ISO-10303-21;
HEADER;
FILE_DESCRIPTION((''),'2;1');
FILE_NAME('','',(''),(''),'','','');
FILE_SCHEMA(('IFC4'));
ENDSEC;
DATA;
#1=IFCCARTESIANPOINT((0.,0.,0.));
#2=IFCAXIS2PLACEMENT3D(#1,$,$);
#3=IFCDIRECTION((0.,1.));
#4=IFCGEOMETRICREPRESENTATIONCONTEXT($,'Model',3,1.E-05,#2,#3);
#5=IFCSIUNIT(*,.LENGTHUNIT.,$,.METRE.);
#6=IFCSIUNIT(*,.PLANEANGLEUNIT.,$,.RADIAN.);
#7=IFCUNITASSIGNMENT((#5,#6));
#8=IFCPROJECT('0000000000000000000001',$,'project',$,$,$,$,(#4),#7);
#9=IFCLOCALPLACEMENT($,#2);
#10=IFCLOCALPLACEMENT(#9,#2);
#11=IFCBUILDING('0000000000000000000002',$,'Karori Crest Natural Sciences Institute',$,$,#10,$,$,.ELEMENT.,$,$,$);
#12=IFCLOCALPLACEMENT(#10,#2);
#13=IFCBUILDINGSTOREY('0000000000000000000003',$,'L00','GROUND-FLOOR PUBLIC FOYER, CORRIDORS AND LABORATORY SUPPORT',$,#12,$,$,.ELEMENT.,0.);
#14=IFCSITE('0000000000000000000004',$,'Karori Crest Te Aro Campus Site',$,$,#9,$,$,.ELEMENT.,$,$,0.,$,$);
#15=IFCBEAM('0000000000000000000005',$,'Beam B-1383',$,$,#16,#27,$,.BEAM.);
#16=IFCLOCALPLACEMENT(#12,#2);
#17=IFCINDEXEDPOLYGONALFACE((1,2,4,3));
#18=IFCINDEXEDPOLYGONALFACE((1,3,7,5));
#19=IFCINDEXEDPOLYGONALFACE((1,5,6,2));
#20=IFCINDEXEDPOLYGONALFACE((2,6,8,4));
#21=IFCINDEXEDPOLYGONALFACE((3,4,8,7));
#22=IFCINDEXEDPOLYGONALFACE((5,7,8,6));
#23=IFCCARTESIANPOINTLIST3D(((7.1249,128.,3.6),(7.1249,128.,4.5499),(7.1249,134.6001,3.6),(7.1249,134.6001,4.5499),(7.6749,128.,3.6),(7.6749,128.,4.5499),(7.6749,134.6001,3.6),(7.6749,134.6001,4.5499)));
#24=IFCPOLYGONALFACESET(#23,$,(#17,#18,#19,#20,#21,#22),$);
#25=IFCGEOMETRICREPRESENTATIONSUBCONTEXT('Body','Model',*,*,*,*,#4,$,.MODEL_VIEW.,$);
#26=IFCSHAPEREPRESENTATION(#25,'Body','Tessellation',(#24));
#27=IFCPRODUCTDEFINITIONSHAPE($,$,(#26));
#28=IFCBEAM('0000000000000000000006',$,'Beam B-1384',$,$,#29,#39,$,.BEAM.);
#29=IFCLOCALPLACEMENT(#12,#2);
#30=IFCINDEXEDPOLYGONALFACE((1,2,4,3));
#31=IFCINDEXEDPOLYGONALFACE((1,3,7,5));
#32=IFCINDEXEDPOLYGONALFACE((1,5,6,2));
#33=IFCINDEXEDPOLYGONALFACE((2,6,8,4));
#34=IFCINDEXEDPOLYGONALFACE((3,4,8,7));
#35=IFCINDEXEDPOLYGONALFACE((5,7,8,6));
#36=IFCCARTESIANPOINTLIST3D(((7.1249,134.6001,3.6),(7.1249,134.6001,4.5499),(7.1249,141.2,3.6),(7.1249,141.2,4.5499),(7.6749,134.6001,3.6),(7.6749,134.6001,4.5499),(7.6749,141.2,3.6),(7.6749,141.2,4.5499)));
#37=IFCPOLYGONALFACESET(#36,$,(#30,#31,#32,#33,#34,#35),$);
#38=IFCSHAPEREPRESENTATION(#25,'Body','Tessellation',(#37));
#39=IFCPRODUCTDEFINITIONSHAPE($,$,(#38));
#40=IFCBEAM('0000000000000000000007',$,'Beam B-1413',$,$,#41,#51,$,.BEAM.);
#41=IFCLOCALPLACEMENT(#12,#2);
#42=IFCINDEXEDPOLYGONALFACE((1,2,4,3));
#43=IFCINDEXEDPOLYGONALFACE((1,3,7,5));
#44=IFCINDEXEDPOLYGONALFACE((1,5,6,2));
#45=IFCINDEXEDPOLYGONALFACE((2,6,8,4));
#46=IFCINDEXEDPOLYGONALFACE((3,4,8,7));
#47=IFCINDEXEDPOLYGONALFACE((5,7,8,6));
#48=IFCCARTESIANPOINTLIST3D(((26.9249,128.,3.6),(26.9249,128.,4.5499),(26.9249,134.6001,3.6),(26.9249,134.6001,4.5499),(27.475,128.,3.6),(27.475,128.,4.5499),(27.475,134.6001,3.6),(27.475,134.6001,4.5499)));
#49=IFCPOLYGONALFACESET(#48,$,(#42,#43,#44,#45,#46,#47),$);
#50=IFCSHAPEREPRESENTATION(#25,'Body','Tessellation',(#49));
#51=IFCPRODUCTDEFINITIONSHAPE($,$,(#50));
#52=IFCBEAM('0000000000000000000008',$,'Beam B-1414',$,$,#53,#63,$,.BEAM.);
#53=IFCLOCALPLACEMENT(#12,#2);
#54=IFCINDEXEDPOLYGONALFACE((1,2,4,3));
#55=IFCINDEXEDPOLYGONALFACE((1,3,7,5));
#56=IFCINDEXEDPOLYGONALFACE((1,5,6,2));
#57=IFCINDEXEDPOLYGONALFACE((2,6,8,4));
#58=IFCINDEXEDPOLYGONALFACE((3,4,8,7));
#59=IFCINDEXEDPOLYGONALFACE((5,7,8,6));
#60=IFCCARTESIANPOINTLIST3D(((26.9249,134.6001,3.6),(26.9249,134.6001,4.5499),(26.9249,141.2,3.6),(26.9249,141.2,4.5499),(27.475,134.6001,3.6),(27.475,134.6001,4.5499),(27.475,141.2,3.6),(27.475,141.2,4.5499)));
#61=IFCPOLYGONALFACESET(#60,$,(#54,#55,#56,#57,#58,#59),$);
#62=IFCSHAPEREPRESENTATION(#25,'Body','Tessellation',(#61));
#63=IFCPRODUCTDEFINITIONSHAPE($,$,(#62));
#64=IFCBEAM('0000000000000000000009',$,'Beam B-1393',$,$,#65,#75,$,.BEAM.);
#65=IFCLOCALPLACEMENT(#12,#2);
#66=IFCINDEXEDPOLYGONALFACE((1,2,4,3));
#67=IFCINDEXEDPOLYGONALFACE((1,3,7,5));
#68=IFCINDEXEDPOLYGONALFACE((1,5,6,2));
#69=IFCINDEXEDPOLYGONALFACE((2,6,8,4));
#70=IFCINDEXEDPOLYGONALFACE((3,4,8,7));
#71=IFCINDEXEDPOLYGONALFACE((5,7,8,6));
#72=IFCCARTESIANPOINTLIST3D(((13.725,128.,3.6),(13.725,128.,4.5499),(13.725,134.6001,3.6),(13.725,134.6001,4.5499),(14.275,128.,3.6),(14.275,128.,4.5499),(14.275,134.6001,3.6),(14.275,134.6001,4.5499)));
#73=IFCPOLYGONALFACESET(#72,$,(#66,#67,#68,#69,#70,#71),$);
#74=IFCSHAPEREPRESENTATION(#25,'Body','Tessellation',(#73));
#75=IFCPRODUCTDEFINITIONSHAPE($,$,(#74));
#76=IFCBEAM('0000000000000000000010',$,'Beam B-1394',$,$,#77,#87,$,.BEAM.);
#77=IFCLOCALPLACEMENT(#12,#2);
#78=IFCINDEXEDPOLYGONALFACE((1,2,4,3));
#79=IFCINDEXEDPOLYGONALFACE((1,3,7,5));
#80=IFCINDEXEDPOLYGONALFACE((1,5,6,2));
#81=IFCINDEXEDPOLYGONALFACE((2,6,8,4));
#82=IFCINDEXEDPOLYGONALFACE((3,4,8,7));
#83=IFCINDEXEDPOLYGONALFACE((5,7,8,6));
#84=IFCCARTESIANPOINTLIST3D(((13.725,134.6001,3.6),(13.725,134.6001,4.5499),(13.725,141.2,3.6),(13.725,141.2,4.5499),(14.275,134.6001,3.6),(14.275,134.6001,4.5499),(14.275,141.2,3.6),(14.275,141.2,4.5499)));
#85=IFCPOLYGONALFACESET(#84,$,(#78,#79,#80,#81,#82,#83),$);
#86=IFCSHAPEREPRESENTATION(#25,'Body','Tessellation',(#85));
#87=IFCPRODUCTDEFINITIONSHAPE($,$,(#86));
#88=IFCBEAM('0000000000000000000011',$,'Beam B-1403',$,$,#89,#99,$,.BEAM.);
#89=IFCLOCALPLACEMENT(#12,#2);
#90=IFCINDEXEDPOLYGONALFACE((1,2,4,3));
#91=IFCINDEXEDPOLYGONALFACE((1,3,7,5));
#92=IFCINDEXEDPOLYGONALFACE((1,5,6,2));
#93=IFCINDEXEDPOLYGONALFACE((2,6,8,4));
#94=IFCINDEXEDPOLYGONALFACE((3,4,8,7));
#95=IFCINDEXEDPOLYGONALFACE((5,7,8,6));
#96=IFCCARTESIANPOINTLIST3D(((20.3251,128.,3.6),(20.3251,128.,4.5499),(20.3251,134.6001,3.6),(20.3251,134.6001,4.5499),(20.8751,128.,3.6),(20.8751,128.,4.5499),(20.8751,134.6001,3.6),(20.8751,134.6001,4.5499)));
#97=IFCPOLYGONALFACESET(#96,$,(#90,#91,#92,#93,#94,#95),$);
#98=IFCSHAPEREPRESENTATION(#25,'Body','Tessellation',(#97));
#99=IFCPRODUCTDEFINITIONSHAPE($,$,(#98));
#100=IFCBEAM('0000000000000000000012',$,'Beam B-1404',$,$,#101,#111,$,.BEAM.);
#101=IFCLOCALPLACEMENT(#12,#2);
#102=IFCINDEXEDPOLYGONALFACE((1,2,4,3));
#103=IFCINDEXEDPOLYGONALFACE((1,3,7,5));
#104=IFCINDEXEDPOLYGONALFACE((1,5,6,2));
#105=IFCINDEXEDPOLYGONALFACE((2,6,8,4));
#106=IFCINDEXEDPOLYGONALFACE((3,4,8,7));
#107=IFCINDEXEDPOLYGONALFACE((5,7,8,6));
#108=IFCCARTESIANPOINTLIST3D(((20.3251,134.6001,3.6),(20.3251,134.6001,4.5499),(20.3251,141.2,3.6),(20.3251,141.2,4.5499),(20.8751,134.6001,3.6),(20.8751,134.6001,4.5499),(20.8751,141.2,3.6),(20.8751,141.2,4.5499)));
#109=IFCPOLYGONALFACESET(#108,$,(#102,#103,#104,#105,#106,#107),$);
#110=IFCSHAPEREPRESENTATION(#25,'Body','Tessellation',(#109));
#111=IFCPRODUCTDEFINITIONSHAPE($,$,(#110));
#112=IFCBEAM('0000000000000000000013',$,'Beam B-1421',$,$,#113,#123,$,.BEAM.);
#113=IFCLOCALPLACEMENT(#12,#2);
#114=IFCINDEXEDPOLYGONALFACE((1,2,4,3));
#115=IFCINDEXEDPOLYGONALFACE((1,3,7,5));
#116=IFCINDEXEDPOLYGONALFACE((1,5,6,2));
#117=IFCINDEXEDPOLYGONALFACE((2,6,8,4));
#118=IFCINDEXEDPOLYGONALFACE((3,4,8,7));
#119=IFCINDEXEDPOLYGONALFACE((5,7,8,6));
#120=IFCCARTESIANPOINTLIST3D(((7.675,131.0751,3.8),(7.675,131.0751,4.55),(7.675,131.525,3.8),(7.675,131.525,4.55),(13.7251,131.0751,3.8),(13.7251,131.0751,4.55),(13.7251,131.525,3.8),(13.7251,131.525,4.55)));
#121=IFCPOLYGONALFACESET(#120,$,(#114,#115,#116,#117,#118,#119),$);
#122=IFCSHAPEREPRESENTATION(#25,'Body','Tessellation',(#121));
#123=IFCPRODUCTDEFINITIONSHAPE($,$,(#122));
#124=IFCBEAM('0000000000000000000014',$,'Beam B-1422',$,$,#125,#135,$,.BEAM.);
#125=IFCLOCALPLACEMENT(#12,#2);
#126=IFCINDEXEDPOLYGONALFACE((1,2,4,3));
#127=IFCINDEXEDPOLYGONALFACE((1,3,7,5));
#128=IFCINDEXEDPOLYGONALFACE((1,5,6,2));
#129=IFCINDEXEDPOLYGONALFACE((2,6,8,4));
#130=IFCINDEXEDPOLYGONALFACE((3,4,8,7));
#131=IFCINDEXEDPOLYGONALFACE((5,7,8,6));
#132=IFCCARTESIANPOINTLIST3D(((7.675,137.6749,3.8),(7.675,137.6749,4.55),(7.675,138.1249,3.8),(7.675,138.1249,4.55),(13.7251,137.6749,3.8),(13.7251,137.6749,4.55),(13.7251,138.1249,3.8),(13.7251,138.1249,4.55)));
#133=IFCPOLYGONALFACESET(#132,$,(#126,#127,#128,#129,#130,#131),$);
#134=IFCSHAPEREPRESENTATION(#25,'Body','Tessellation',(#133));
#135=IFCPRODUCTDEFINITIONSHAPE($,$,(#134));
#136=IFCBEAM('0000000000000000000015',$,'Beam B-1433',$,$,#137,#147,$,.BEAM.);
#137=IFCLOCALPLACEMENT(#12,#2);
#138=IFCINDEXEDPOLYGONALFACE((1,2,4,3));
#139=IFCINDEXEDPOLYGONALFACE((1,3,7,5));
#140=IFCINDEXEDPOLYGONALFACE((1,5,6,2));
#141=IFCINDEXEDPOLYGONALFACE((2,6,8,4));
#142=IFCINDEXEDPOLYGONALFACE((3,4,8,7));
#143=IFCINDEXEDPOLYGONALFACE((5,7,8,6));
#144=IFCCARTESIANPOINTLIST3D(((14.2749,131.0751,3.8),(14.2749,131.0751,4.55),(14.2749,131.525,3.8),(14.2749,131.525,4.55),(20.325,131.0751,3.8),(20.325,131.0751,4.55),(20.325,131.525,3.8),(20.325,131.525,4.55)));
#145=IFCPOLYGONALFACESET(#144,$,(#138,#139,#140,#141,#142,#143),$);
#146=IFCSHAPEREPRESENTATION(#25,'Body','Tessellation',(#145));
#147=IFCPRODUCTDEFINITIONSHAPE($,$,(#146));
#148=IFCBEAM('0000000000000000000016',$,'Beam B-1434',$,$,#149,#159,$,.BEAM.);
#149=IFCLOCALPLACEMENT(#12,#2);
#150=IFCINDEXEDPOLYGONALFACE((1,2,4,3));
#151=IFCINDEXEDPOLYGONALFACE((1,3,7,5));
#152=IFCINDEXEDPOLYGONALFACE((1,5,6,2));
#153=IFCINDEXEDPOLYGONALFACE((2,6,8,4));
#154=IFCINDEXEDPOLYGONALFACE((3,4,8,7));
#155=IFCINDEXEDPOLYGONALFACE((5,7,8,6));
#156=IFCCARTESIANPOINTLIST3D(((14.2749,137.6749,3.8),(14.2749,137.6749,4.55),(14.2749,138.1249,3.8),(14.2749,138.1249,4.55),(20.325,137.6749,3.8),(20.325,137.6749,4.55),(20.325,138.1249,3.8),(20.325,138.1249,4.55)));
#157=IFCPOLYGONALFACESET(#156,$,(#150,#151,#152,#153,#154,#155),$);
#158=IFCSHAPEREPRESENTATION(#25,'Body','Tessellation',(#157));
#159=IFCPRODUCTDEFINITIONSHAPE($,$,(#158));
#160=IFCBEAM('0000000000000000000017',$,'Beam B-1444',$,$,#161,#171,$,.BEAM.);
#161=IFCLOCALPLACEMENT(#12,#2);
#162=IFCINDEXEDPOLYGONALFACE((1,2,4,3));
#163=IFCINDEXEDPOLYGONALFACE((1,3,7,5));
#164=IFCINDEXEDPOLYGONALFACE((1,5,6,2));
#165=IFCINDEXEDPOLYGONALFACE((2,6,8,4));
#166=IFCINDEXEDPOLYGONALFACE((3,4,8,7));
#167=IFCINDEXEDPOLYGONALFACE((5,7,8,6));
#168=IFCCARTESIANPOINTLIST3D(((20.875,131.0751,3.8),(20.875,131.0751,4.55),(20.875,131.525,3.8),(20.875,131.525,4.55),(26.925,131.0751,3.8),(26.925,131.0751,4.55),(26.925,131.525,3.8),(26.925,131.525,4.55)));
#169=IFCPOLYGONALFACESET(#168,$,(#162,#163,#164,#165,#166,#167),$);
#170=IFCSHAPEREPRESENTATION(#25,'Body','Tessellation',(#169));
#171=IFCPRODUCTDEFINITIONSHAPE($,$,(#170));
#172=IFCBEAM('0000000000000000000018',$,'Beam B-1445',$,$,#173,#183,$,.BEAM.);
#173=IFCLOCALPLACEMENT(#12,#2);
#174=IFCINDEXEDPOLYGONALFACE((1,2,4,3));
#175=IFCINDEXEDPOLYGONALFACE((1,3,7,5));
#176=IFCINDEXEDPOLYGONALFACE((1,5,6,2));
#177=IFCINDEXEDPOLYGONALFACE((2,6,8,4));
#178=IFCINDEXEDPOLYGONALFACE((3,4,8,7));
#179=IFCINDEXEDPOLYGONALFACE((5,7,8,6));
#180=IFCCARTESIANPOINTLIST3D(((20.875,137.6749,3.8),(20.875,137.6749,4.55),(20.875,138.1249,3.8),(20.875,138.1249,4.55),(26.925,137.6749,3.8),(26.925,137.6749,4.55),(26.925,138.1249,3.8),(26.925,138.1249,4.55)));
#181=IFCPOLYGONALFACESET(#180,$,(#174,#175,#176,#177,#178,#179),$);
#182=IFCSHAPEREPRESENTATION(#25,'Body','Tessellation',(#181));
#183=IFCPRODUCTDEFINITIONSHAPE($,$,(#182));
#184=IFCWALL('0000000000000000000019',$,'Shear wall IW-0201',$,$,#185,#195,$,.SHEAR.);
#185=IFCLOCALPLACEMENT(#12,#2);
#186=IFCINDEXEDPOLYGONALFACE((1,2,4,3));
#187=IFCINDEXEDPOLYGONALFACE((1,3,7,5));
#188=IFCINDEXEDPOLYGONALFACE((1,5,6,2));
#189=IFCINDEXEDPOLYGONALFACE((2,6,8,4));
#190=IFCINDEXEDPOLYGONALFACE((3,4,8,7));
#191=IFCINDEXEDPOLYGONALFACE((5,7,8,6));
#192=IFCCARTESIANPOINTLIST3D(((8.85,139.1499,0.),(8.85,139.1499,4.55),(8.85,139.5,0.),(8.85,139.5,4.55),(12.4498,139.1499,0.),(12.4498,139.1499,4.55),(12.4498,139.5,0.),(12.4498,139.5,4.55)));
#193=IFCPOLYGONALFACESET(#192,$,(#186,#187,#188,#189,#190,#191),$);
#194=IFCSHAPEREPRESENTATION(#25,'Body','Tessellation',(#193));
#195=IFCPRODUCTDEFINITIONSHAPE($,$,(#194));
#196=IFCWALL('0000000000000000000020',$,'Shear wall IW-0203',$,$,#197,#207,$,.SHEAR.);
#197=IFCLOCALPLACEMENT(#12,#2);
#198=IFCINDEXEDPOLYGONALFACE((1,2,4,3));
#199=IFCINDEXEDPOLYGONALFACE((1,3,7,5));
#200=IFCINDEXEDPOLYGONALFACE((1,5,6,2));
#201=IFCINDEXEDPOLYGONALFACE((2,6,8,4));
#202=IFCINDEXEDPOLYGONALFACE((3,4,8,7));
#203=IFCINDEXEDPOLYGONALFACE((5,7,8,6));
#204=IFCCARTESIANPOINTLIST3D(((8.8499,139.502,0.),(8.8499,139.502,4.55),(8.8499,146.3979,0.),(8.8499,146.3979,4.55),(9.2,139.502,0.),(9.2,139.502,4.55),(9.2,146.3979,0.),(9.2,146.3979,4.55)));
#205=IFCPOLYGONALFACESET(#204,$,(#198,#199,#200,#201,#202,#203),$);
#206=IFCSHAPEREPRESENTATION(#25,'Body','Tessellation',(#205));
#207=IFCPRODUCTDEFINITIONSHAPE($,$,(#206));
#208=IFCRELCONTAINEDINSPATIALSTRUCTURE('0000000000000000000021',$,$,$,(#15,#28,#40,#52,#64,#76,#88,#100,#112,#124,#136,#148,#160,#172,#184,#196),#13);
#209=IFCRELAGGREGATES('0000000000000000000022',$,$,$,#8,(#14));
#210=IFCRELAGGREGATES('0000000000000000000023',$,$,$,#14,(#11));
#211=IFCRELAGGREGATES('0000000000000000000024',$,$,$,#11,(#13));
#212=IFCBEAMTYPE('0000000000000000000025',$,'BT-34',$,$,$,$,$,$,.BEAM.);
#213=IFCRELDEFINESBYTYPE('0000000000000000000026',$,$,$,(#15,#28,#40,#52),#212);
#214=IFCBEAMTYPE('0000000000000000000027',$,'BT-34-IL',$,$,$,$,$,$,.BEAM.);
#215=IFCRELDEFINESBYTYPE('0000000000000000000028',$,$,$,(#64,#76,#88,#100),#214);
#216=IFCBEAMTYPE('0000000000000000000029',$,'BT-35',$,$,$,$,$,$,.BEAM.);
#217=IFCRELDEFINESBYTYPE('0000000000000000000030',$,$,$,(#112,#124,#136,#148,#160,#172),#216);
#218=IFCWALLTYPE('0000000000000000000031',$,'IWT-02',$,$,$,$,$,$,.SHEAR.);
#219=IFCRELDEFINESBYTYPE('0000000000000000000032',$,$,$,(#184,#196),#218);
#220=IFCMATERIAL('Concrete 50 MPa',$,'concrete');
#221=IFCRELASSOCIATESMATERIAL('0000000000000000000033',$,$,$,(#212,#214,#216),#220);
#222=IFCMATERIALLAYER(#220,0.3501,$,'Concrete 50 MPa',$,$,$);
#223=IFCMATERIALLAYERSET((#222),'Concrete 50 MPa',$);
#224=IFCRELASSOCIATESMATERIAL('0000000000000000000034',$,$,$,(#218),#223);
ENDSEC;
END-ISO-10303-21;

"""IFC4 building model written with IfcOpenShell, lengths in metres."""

from ifc_helpers import new_model, si_unit, direction, frame, frame_2d, origin, origin_2d, place, context, subcontext, project, spatial, rectangle, extrude, material, layer, layer_set, material_profile, profile_set, type_object, element, save


model = new_model("IFC4")

# Units and contexts
model_context = context("Model", 3, precision=1e-05, world=origin(), true_north=direction((0.0, 1.0)))
body_context = subcontext(model_context, "Body", "Model", "MODEL_VIEW")
ifc_project = project(units=[si_unit("LENGTHUNIT", "METRE"), si_unit("PLANEANGLEUNIT", "RADIAN")], contexts=[model_context])

# Site, building, storey
site_placement = place(None, origin())
site = spatial("IfcSite", under=ifc_project, at=site_placement, Name="Karori Crest Te Aro Campus Site", CompositionType="ELEMENT", RefElevation=0.0)
building_placement = place(site_placement, origin())
building = spatial("IfcBuilding", under=site, at=building_placement, Name="Karori Crest Natural Sciences Institute", CompositionType="ELEMENT")
storey_placement = place(building_placement, origin())
storey = spatial("IfcBuildingStorey", under=building, at=storey_placement, Name="L00", Description="GROUND-FLOOR PUBLIC FOYER, CORRIDORS AND LABORATORY SUPPORT", CompositionType="ELEMENT", Elevation=0.0)

# Shared definitions
ifc_material_1 = material(Name="Concrete 50 MPa", Category="concrete")

# Beams
ifc_material_profile_1 = material_profile(ifc_material_1, rectangle(XDim=0.55, YDim=0.95, at=origin_2d()), Name="RCB550x950")
ifc_profile_set_1 = profile_set([ifc_material_profile_1], Name="Concrete 50 MPa")
beam_type_1 = type_object("IfcBeamType", Name="BT-34", PredefinedType="BEAM", material=ifc_profile_set_1)
beam_1_placement = place(storey_placement, frame((7.3999, 128.0, 4.075), z_axis=(0.0, 1.0, 0.0), x_axis=(-1.0, 0.0, 0.0)))
element("IfcBeam", 1, at=beam_1_placement, inside=storey, type_object=beam_type_1, Name="Beam B-1383", PredefinedType="BEAM", context=body_context, shape_type="SweptSolid", body=[
    extrude(rectangle(XDim=0.55, YDim=0.95, at=origin_2d()), origin(), (0.0, 0.0, 1.0), 6.6001),
])
beam_2_placement = place(storey_placement, frame((7.3999, 134.6001, 4.075), z_axis=(0.0, 1.0, 0.0), x_axis=(-1.0, 0.0, 0.0)))
element("IfcBeam", 2, at=beam_2_placement, inside=storey, type_object=beam_type_1, Name="Beam B-1384", PredefinedType="BEAM", context=body_context, shape_type="SweptSolid", body=[
    extrude(rectangle(XDim=0.55, YDim=0.95, at=origin_2d()), origin(), (0.0, 0.0, 1.0), 6.5999),
])
beam_3_placement = place(storey_placement, frame((27.2, 128.0, 4.075), z_axis=(0.0, 1.0, 0.0), x_axis=(-1.0, 0.0, 0.0)))
element("IfcBeam", 3, at=beam_3_placement, inside=storey, type_object=beam_type_1, Name="Beam B-1413", PredefinedType="BEAM", context=body_context, shape_type="SweptSolid", body=[
    extrude(rectangle(XDim=0.55, YDim=0.95, at=origin_2d()), origin(), (0.0, 0.0, 1.0), 6.6001),
])
beam_4_placement = place(storey_placement, frame((27.2, 134.6001, 4.075), z_axis=(0.0, 1.0, 0.0), x_axis=(-1.0, 0.0, 0.0)))
element("IfcBeam", 4, at=beam_4_placement, inside=storey, type_object=beam_type_1, Name="Beam B-1414", PredefinedType="BEAM", context=body_context, shape_type="SweptSolid", body=[
    extrude(rectangle(XDim=0.55, YDim=0.95, at=origin_2d()), origin(), (0.0, 0.0, 1.0), 6.5999),
])
ifc_material_profile_2 = material_profile(ifc_material_1, rectangle(XDim=0.55, YDim=0.95, at=origin_2d()), Name="RCB550x950")
ifc_profile_set_2 = profile_set([ifc_material_profile_2], Name="Concrete 50 MPa")
beam_type_2 = type_object("IfcBeamType", Name="BT-34-IL", PredefinedType="BEAM", material=ifc_profile_set_2)
beam_5_placement = place(storey_placement, frame((14.0, 128.0, 4.075), z_axis=(0.0, 1.0, 0.0), x_axis=(-1.0, 0.0, 0.0)))
element("IfcBeam", 5, at=beam_5_placement, inside=storey, type_object=beam_type_2, Name="Beam B-1393", PredefinedType="BEAM", context=body_context, shape_type="SweptSolid", body=[
    extrude(rectangle(XDim=0.55, YDim=0.95, at=origin_2d()), origin(), (0.0, 0.0, 1.0), 6.6001),
])
beam_6_placement = place(storey_placement, frame((14.0, 134.6001, 4.075), z_axis=(0.0, 1.0, 0.0), x_axis=(-1.0, 0.0, 0.0)))
element("IfcBeam", 6, at=beam_6_placement, inside=storey, type_object=beam_type_2, Name="Beam B-1394", PredefinedType="BEAM", context=body_context, shape_type="SweptSolid", body=[
    extrude(rectangle(XDim=0.55, YDim=0.95, at=origin_2d()), origin(), (0.0, 0.0, 1.0), 6.5999),
])
beam_7_placement = place(storey_placement, frame((20.6001, 128.0, 4.075), z_axis=(0.0, 1.0, 0.0), x_axis=(-1.0, 0.0, 0.0)))
element("IfcBeam", 7, at=beam_7_placement, inside=storey, type_object=beam_type_2, Name="Beam B-1403", PredefinedType="BEAM", context=body_context, shape_type="SweptSolid", body=[
    extrude(rectangle(XDim=0.55, YDim=0.95, at=origin_2d()), origin(), (0.0, 0.0, 1.0), 6.6001),
])
beam_8_placement = place(storey_placement, frame((20.6001, 134.6001, 4.075), z_axis=(0.0, 1.0, 0.0), x_axis=(-1.0, 0.0, 0.0)))
element("IfcBeam", 8, at=beam_8_placement, inside=storey, type_object=beam_type_2, Name="Beam B-1404", PredefinedType="BEAM", context=body_context, shape_type="SweptSolid", body=[
    extrude(rectangle(XDim=0.55, YDim=0.95, at=origin_2d()), origin(), (0.0, 0.0, 1.0), 6.5999),
])
ifc_material_profile_3 = material_profile(ifc_material_1, rectangle(XDim=0.45, YDim=0.75, at=origin_2d()), Name="RCB450x750")
ifc_profile_set_3 = profile_set([ifc_material_profile_3], Name="Concrete 50 MPa")
beam_type_3 = type_object("IfcBeamType", Name="BT-35", PredefinedType="BEAM", material=ifc_profile_set_3)
for number, where, z_axis, x_axis, name in (
    (9, (7.675, 131.3, 4.175), (1.0, 0.0, 0.0), (0.0, 1.0, 0.0), "Beam B-1421"),
    (10, (7.675, 137.8999, 4.175), (1.0, 0.0, 0.0), (0.0, 1.0, 0.0), "Beam B-1422"),
    (11, (14.2749, 131.3, 4.175), (1.0, 0.0, 0.0), (0.0, 1.0, 0.0), "Beam B-1433"),
    (12, (14.2749, 137.8999, 4.175), (1.0, 0.0, 0.0), (0.0, 1.0, 0.0), "Beam B-1434"),
    (13, (20.875, 131.3, 4.175), (1.0, 0.0, 0.0), (0.0, 1.0, 0.0), "Beam B-1444"),
    (14, (20.875, 137.8999, 4.175), (1.0, 0.0, 0.0), (0.0, 1.0, 0.0), "Beam B-1445"),
):
    element("IfcBeam", number, at=place(storey_placement, frame(where, z_axis=z_axis, x_axis=x_axis)), inside=storey, type_object=beam_type_3, Name=name, PredefinedType="BEAM", context=body_context, shape_type="SweptSolid", body=[
        extrude(rectangle(XDim=0.45, YDim=0.75, at=origin_2d()), origin(), (0.0, 0.0, 1.0), 6.05),
    ])

# Walls
ifc_layer_1 = layer(ifc_material_1, 0.3501, Name="Concrete 50 MPa")
ifc_layer_set_1 = layer_set([ifc_layer_1], Name="Concrete 50 MPa")
wall_type_1 = type_object("IfcWallType", Name="IWT-02", PredefinedType="SHEAR", material=ifc_layer_set_1)
wall_1_placement = place(storey_placement, frame((8.8501, 139.325, 0.0), z_axis=(0.0, 0.0, 1.0), x_axis=(1.0, 0.0, 0.0)))
element("IfcWall", 15, at=wall_1_placement, inside=storey, type_object=wall_type_1, Name="Shear wall IW-0201", PredefinedType="SHEAR", context=body_context, shape_type="SweptSolid", body=[
    extrude(rectangle(XDim=3.5999, YDim=0.3501, at=frame_2d((1.7998, 0.0))), origin(), (0.0, 0.0, 1.0), 4.55),
])
wall_2_placement = place(storey_placement, frame((9.0249, 139.502, 0.0), z_axis=(0.0, 0.0, 1.0), x_axis=(0.0, 1.0, 0.0)))
element("IfcWall", 16, at=wall_2_placement, inside=storey, type_object=wall_type_1, Name="Shear wall IW-0203", PredefinedType="SHEAR", context=body_context, shape_type="SweptSolid", body=[
    extrude(rectangle(XDim=6.896, YDim=0.3501, at=frame_2d((3.448, 0.0))), origin(), (0.0, 0.0, 1.0), 4.55),
])

save(model, "model.ifc")
